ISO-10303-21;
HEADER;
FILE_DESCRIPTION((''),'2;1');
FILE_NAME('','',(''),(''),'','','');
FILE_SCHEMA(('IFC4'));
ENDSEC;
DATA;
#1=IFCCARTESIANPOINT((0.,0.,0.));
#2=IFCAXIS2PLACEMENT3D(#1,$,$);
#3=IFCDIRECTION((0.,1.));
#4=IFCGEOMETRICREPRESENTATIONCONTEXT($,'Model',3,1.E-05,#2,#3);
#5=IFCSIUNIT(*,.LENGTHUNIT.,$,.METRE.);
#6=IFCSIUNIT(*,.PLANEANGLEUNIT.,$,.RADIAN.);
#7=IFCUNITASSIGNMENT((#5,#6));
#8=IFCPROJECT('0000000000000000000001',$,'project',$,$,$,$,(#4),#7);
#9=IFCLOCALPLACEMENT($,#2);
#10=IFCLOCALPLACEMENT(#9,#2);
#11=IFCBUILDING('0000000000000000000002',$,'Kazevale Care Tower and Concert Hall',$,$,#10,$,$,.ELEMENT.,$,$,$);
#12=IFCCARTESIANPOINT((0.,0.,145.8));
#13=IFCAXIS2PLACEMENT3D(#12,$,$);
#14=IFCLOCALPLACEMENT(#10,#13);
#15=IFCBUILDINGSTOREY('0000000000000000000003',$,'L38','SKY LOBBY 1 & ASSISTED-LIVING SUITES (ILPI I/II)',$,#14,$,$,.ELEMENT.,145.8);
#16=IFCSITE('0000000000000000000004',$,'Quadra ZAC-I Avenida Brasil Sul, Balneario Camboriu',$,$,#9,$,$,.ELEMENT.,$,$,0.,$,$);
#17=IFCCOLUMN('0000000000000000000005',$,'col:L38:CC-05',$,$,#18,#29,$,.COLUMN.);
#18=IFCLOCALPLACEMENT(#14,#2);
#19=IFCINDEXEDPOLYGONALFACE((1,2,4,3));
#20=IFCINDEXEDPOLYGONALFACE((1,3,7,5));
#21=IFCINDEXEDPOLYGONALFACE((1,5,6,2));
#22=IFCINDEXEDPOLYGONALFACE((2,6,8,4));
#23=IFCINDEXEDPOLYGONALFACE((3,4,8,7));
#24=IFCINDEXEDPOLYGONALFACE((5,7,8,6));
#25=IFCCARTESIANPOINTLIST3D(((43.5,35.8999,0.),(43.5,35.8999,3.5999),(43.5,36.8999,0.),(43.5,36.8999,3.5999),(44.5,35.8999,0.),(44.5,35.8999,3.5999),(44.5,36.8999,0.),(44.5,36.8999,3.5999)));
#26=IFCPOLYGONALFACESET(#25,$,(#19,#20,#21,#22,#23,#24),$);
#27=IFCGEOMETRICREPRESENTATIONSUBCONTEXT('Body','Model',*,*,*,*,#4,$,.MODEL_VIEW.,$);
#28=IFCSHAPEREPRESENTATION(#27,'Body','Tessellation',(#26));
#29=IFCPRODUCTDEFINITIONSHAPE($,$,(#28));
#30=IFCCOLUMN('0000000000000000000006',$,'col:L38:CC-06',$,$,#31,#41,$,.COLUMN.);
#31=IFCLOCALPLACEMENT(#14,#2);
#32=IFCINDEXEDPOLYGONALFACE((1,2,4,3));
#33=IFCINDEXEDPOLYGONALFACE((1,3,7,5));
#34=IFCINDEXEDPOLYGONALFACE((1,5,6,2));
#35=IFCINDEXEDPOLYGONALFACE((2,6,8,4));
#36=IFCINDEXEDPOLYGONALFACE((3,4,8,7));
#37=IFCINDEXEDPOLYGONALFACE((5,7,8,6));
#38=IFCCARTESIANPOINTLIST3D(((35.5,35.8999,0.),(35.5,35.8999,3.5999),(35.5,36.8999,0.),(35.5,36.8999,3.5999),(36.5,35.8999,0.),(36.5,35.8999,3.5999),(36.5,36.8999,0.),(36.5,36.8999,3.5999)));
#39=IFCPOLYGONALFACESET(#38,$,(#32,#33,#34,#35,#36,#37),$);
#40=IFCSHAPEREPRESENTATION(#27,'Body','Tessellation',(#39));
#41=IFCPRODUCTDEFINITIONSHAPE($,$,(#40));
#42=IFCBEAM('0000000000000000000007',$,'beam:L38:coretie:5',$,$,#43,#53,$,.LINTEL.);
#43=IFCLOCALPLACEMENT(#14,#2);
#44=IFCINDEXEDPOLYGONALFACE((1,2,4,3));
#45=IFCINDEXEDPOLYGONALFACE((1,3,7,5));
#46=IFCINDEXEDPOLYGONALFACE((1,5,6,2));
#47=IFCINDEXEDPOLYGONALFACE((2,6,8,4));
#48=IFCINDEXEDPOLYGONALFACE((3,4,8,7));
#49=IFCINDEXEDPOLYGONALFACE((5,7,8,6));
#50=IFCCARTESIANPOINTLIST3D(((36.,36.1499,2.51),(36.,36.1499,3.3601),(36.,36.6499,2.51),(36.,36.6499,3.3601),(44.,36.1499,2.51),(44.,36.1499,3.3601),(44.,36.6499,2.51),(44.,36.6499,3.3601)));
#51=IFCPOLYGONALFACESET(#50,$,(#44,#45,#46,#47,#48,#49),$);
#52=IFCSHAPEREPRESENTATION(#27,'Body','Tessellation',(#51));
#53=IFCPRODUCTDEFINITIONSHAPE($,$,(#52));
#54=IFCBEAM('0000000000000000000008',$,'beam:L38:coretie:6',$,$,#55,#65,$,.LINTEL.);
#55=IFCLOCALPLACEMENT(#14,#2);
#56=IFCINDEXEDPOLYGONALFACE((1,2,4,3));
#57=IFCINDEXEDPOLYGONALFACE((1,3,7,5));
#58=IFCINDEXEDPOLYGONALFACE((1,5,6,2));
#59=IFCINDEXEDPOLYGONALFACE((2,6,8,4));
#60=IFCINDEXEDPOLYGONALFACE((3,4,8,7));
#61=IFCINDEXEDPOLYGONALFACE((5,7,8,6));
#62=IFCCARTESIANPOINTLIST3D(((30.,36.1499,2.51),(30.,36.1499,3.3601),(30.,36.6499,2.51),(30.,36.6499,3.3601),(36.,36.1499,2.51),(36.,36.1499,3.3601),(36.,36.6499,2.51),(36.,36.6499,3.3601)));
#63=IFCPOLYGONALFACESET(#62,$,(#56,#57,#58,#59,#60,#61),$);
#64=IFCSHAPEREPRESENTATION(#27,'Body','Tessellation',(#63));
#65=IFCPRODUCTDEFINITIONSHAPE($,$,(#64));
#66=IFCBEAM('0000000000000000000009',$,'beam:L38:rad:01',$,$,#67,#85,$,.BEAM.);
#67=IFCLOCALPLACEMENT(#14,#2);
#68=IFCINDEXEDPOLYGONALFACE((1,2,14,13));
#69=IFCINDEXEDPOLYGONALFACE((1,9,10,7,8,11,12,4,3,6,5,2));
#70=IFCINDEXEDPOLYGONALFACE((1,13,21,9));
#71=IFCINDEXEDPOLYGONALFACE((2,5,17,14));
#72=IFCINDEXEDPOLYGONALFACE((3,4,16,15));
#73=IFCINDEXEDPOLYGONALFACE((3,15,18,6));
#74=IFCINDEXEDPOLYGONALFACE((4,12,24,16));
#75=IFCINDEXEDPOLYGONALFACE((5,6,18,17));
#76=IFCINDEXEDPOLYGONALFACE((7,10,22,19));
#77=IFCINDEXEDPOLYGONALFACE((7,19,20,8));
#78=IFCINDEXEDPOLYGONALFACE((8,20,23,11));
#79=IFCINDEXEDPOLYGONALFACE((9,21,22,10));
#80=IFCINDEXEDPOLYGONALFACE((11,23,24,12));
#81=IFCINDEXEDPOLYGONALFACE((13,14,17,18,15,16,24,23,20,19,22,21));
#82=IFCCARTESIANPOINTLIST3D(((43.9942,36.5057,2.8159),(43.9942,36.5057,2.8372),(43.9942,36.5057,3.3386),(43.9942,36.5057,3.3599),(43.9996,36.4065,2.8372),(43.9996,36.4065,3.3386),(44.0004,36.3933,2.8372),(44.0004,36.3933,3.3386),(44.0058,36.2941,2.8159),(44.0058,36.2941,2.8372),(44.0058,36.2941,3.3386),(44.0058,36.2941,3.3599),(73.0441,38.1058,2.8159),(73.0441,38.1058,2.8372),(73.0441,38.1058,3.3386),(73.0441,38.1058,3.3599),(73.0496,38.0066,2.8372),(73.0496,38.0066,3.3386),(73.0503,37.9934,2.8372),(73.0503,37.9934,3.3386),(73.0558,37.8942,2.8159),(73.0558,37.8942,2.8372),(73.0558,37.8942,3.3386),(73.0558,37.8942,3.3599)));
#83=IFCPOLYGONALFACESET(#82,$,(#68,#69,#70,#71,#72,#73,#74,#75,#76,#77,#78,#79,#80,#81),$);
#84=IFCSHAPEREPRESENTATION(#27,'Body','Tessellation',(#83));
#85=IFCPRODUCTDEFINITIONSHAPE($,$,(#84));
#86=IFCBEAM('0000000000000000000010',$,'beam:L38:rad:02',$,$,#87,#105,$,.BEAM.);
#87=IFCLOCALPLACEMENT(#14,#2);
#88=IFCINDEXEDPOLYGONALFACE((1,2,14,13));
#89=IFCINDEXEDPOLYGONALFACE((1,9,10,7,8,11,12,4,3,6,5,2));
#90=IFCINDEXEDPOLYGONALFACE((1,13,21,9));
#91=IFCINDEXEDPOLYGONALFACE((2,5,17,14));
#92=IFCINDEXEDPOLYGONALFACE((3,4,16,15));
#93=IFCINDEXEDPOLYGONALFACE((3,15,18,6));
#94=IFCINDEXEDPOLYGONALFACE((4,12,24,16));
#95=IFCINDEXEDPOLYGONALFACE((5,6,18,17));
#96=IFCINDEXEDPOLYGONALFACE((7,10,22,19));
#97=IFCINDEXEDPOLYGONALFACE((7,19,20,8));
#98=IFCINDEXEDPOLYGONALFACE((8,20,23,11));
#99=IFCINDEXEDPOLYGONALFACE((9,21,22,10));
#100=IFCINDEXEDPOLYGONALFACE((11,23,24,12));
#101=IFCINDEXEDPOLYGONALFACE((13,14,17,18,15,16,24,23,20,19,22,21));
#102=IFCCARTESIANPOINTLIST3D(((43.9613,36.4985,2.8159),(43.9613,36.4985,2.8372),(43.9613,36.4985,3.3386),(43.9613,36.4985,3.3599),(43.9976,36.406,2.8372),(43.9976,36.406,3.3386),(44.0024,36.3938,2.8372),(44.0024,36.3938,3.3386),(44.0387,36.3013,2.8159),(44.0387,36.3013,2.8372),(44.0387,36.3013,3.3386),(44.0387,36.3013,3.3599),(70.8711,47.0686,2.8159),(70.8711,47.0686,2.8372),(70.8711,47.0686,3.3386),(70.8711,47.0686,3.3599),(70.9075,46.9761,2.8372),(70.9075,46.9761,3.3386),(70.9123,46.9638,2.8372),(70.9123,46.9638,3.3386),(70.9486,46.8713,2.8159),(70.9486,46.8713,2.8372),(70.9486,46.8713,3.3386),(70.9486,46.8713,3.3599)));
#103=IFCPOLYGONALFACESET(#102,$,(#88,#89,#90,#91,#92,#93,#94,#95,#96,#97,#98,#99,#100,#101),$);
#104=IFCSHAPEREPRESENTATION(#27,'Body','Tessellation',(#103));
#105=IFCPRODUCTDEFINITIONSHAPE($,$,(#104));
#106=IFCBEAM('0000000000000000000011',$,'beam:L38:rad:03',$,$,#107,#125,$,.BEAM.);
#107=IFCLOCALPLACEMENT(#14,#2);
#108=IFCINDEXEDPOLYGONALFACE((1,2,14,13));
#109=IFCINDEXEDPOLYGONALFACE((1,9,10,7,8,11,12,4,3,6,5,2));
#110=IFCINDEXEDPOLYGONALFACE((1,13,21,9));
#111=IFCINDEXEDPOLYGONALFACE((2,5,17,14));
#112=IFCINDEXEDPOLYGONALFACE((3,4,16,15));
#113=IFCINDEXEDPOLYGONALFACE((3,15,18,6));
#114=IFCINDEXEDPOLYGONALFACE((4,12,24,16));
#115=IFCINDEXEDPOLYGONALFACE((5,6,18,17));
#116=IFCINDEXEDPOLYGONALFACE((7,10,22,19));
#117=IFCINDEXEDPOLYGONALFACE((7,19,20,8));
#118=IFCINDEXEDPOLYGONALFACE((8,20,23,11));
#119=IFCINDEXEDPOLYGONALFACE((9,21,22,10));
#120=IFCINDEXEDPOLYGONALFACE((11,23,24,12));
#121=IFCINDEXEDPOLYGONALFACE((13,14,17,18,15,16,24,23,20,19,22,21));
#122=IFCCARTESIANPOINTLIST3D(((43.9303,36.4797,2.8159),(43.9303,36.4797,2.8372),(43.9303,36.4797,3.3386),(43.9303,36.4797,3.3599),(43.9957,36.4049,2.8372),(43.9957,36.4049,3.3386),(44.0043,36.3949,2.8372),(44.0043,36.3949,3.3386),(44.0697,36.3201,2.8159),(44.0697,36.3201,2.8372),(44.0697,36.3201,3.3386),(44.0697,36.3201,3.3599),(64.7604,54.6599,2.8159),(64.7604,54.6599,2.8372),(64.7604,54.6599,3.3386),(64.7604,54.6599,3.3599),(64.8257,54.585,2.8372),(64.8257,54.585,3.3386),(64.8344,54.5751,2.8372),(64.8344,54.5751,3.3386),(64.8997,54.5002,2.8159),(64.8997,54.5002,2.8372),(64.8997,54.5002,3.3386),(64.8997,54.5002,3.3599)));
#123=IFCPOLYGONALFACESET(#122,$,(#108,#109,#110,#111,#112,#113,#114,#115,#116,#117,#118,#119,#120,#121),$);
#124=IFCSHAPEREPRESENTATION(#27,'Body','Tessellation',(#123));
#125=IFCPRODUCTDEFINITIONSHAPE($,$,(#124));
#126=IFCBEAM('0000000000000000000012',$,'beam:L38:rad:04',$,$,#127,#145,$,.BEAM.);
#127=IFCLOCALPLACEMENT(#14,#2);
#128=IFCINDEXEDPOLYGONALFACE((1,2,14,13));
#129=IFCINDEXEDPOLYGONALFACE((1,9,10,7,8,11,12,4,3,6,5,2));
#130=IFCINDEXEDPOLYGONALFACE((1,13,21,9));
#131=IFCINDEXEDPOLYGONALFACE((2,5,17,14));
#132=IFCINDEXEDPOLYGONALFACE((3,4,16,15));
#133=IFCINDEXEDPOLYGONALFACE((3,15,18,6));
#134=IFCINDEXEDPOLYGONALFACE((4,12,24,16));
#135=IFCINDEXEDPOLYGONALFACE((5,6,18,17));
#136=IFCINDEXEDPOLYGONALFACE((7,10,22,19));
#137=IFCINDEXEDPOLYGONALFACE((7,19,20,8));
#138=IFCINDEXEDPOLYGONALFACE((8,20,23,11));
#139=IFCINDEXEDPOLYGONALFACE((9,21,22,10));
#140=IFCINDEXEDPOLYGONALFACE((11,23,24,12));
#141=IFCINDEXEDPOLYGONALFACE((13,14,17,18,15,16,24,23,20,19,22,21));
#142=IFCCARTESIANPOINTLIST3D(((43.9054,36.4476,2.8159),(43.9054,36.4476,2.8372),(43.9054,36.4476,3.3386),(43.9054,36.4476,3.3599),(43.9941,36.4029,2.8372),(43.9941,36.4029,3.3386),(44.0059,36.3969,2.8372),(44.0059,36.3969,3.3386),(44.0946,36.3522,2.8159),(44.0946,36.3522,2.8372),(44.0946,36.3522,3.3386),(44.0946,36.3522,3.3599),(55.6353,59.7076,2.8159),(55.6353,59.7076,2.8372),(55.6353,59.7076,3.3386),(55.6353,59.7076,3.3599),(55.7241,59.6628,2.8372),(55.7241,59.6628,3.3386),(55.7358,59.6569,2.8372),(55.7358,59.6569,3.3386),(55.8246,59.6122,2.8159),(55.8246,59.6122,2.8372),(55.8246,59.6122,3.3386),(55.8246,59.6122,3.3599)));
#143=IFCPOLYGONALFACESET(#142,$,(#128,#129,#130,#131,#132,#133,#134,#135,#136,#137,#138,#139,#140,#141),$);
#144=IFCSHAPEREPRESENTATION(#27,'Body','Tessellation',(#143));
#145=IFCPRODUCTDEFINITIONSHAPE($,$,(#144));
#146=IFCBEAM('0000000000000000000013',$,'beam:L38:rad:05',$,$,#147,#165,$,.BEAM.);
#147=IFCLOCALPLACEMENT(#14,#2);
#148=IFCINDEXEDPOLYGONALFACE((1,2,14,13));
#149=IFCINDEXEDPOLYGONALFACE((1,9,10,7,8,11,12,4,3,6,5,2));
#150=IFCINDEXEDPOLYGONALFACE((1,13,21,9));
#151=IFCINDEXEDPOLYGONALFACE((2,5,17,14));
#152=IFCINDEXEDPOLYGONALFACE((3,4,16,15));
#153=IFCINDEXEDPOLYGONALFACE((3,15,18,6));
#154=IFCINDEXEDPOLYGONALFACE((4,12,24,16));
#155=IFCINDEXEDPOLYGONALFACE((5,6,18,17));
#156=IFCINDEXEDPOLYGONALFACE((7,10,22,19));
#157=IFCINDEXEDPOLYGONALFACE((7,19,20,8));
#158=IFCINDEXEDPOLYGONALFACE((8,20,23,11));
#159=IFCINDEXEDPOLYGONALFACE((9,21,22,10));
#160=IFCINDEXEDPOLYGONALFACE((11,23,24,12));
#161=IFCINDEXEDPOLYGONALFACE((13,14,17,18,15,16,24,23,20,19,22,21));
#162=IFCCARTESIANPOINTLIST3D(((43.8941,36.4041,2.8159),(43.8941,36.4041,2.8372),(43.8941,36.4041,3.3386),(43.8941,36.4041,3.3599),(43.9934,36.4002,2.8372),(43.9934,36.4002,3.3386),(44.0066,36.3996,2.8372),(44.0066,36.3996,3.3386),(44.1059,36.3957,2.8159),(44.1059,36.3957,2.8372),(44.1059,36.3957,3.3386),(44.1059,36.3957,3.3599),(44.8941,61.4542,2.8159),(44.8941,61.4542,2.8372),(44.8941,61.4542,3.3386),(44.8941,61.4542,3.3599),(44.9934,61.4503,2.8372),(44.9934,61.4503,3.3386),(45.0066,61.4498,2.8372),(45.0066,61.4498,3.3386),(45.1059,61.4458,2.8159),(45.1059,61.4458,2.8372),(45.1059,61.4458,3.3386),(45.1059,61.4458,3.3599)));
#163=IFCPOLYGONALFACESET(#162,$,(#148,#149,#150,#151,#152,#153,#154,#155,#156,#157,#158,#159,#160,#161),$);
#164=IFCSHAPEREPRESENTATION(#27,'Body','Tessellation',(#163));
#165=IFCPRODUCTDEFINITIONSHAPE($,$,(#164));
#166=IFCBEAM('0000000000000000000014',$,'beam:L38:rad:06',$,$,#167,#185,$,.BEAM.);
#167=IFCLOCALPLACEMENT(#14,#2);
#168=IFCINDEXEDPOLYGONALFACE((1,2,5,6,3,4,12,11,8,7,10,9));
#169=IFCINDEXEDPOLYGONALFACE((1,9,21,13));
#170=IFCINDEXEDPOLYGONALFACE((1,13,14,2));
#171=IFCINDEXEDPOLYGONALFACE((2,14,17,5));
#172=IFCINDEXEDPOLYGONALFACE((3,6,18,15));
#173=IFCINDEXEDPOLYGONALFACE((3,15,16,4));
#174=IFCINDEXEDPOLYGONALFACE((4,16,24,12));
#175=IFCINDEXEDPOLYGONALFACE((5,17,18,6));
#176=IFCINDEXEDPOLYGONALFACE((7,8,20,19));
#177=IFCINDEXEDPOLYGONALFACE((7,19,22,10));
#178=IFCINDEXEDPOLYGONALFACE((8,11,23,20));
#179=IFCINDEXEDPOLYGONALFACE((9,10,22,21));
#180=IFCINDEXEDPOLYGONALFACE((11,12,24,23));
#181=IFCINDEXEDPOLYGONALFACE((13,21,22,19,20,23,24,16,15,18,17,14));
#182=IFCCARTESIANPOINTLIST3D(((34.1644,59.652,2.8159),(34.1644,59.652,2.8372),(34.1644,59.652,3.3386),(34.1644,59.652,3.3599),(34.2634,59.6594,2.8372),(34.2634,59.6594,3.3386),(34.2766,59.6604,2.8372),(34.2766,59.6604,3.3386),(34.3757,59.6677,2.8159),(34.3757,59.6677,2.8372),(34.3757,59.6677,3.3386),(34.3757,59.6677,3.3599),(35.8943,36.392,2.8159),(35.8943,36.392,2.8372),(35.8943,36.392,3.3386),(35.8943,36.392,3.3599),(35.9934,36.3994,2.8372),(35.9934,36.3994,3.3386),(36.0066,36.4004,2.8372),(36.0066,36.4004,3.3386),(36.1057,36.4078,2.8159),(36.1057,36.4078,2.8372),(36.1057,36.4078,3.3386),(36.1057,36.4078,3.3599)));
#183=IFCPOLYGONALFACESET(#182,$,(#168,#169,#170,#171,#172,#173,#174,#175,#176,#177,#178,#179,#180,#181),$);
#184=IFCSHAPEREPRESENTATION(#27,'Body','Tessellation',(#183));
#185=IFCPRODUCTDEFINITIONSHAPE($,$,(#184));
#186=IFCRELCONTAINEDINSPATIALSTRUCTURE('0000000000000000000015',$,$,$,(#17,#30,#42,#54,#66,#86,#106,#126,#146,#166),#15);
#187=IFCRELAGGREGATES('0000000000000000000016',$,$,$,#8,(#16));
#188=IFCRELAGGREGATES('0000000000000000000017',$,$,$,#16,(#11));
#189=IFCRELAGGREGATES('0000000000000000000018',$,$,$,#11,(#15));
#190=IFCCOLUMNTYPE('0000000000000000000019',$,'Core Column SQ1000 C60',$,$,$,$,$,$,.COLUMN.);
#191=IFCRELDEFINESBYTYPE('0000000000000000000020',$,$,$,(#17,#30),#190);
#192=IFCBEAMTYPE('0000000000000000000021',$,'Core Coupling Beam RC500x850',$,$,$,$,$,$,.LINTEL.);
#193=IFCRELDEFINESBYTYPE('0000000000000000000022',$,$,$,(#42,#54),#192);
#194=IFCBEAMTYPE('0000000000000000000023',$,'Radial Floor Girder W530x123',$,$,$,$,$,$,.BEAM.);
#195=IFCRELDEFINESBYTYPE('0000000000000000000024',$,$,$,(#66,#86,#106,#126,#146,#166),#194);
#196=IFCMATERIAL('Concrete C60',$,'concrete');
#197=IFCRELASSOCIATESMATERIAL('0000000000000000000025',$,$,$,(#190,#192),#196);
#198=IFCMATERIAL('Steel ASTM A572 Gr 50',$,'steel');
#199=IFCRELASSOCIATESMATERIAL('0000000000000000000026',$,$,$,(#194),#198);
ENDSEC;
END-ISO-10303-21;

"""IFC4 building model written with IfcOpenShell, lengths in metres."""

from ifc_helpers import new_model, si_unit, direction, frame, origin, origin_2d, place, context, subcontext, project, spatial, rectangle, i_section, extrude, material, material_profile, profile_set, type_object, element, save


model = new_model("IFC4")

# Units and contexts
model_context = context("Model", 3, precision=1e-05, world=origin(), true_north=direction((0.0, 1.0)))
body_context = subcontext(model_context, "Body", "Model", "MODEL_VIEW")
ifc_project = project(units=[si_unit("LENGTHUNIT", "METRE"), si_unit("PLANEANGLEUNIT", "RADIAN")], contexts=[model_context])

# Site, building, storey
site_placement = place(None, origin())
site = spatial("IfcSite", under=ifc_project, at=site_placement, Name="Quadra ZAC-I Avenida Brasil Sul, Balneario Camboriu", CompositionType="ELEMENT", RefElevation=0.0)
building_placement = place(site_placement, origin())
building = spatial("IfcBuilding", under=site, at=building_placement, Name="Kazevale Care Tower and Concert Hall", CompositionType="ELEMENT")
storey_placement = place(building_placement, frame((0.0, 0.0, 145.8)))
storey = spatial("IfcBuildingStorey", under=building, at=storey_placement, Name="L38", Description="SKY LOBBY 1 & ASSISTED-LIVING SUITES (ILPI I/II)", CompositionType="ELEMENT", Elevation=145.8)

# Columns
ifc_material_1 = material(Name="Concrete C60", Category="concrete")
ifc_material_profile_1 = material_profile(ifc_material_1, rectangle(XDim=1.0, YDim=1.0, at=origin_2d()), Name="RC-SQ1000")
ifc_profile_set_1 = profile_set([ifc_material_profile_1], Name="Concrete C60")
column_type = type_object("IfcColumnType", Name="Core Column SQ1000 C60", PredefinedType="COLUMN", material=ifc_profile_set_1)
for number, where, z_axis, x_axis, name in (
    (1, (44.0, 36.3999, 0.0), (0.0, 0.0, 1.0), (1.0, 0.0, 0.0), "col:L38:CC-05"),
    (2, (36.0, 36.3999, 0.0), (0.0, 0.0, 1.0), (1.0, 0.0, 0.0), "col:L38:CC-06"),
):
    element("IfcColumn", number, at=place(storey_placement, frame(where, z_axis=z_axis, x_axis=x_axis)), inside=storey, type_object=column_type, Name=name, PredefinedType="COLUMN", context=body_context, shape_type="SweptSolid", body=[
        extrude(rectangle(XDim=1.0, YDim=1.0, at=origin_2d()), origin(), (0.0, 0.0, 1.0), 3.5999),
    ])

# Beams
ifc_material_profile_2 = material_profile(ifc_material_1, rectangle(XDim=0.5, YDim=0.8501, at=origin_2d()), Name="RC-B500x850")
ifc_profile_set_2 = profile_set([ifc_material_profile_2], Name="Concrete C60")
beam_type_1 = type_object("IfcBeamType", Name="Core Coupling Beam RC500x850", PredefinedType="LINTEL", material=ifc_profile_set_2)
beam_1_placement = place(storey_placement, frame((44.0, 36.3999, 2.9351), z_axis=(-1.0, 0.0, 0.0), x_axis=(0.0, -1.0, 0.0)))
element("IfcBeam", 3, at=beam_1_placement, inside=storey, type_object=beam_type_1, Name="beam:L38:coretie:5", PredefinedType="LINTEL", context=body_context, shape_type="SweptSolid", body=[
    extrude(rectangle(XDim=0.5, YDim=0.8501, at=origin_2d()), origin(), (0.0, 0.0, 1.0), 8.0),
])
beam_2_placement = place(storey_placement, frame((36.0, 36.3999, 2.9351), z_axis=(-1.0, 0.0, 0.0), x_axis=(0.0, -1.0, 0.0)))
element("IfcBeam", 4, at=beam_2_placement, inside=storey, type_object=beam_type_1, Name="beam:L38:coretie:6", PredefinedType="LINTEL", context=body_context, shape_type="SweptSolid", body=[
    extrude(rectangle(XDim=0.5, YDim=0.8501, at=origin_2d()), origin(), (0.0, 0.0, 1.0), 6.0),
])
ifc_material_2 = material(Name="Steel ASTM A572 Gr 50", Category="steel")
ifc_material_profile_3 = material_profile(ifc_material_2, i_section(OverallWidth=0.2119, OverallDepth=0.5439, WebThickness=0.0132, FlangeThickness=0.0212, at=origin_2d()), Name="W530x123")
ifc_profile_set_3 = profile_set([ifc_material_profile_3], Name="Steel ASTM A572 Gr 50")
beam_type_2 = type_object("IfcBeamType", Name="Radial Floor Girder W530x123", PredefinedType="BEAM", material=ifc_profile_set_3)
beam_3_placement = place(storey_placement, frame((44.0, 36.3999, 3.0879), z_axis=(0.998487, 0.054997, 0.0), x_axis=(-0.054997, 0.998487, 0.0)))
element("IfcBeam", 5, at=beam_3_placement, inside=storey, type_object=beam_type_2, Name="beam:L38:rad:01", PredefinedType="BEAM", context=body_context, shape_type="SweptSolid", body=[
    extrude(i_section(OverallWidth=0.2119, OverallDepth=0.5439, WebThickness=0.0132, FlangeThickness=0.0212, at=origin_2d()), origin(), (0.0, 0.0, 1.0), 29.094),
])
beam_4_placement = place(storey_placement, frame((44.0, 36.3999, 3.0879), z_axis=(0.930771, 0.365602, 0.0), x_axis=(-0.365602, 0.930771, 0.0)))
element("IfcBeam", 6, at=beam_4_placement, inside=storey, type_object=beam_type_2, Name="beam:L38:rad:02", PredefinedType="BEAM", context=body_context, shape_type="SweptSolid", body=[
    extrude(i_section(OverallWidth=0.2119, OverallDepth=0.5439, WebThickness=0.0132, FlangeThickness=0.0212, at=origin_2d()), origin(), (0.0, 0.0, 1.0), 28.9114),
])
beam_5_placement = place(storey_placement, frame((44.0, 36.3999, 3.0879), z_axis=(0.753403, 0.657559, 0.0), x_axis=(-0.657559, 0.753403, 0.0)))
element("IfcBeam", 7, at=beam_5_placement, inside=storey, type_object=beam_type_2, Name="beam:L38:rad:03", PredefinedType="BEAM", context=body_context, shape_type="SweptSolid", body=[
    extrude(i_section(OverallWidth=0.2119, OverallDepth=0.5439, WebThickness=0.0132, FlangeThickness=0.0212, at=origin_2d()), origin(), (0.0, 0.0, 1.0), 27.6479),
])
beam_6_placement = place(storey_placement, frame((44.0, 36.3999, 3.0879), z_axis=(0.450281, 0.892887, 0.0), x_axis=(-0.892887, 0.450281, 0.0)))
element("IfcBeam", 8, at=beam_6_placement, inside=storey, type_object=beam_type_2, Name="beam:L38:rad:04", PredefinedType="BEAM", context=body_context, shape_type="SweptSolid", body=[
    extrude(i_section(OverallWidth=0.2119, OverallDepth=0.5439, WebThickness=0.0132, FlangeThickness=0.0212, at=origin_2d()), origin(), (0.0, 0.0, 1.0), 26.0503),
])
beam_7_placement = place(storey_placement, frame((44.0, 36.3999, 3.0879), z_axis=(0.039888, 0.999204, 0.0), x_axis=(-0.999204, 0.039888, 0.0)))
element("IfcBeam", 9, at=beam_7_placement, inside=storey, type_object=beam_type_2, Name="beam:L38:rad:05", PredefinedType="BEAM", context=body_context, shape_type="SweptSolid", body=[
    extrude(i_section(OverallWidth=0.2119, OverallDepth=0.5439, WebThickness=0.0132, FlangeThickness=0.0212, at=origin_2d()), origin(), (0.0, 0.0, 1.0), 25.0701),
])
beam_8_placement = place(storey_placement, frame((36.0, 36.3999, 3.0879), z_axis=(-0.074171, 0.997246, 0.0), x_axis=(-0.997246, -0.074171, 0.0)))
element("IfcBeam", 10, at=beam_8_placement, inside=storey, type_object=beam_type_2, Name="beam:L38:rad:06", PredefinedType="BEAM", context=body_context, shape_type="SweptSolid", body=[
    extrude(i_section(OverallWidth=0.2119, OverallDepth=0.5439, WebThickness=0.0132, FlangeThickness=0.0212, at=origin_2d()), origin(), (0.0, 0.0, 1.0), 23.3242),
])

save(model, "model.ifc")
